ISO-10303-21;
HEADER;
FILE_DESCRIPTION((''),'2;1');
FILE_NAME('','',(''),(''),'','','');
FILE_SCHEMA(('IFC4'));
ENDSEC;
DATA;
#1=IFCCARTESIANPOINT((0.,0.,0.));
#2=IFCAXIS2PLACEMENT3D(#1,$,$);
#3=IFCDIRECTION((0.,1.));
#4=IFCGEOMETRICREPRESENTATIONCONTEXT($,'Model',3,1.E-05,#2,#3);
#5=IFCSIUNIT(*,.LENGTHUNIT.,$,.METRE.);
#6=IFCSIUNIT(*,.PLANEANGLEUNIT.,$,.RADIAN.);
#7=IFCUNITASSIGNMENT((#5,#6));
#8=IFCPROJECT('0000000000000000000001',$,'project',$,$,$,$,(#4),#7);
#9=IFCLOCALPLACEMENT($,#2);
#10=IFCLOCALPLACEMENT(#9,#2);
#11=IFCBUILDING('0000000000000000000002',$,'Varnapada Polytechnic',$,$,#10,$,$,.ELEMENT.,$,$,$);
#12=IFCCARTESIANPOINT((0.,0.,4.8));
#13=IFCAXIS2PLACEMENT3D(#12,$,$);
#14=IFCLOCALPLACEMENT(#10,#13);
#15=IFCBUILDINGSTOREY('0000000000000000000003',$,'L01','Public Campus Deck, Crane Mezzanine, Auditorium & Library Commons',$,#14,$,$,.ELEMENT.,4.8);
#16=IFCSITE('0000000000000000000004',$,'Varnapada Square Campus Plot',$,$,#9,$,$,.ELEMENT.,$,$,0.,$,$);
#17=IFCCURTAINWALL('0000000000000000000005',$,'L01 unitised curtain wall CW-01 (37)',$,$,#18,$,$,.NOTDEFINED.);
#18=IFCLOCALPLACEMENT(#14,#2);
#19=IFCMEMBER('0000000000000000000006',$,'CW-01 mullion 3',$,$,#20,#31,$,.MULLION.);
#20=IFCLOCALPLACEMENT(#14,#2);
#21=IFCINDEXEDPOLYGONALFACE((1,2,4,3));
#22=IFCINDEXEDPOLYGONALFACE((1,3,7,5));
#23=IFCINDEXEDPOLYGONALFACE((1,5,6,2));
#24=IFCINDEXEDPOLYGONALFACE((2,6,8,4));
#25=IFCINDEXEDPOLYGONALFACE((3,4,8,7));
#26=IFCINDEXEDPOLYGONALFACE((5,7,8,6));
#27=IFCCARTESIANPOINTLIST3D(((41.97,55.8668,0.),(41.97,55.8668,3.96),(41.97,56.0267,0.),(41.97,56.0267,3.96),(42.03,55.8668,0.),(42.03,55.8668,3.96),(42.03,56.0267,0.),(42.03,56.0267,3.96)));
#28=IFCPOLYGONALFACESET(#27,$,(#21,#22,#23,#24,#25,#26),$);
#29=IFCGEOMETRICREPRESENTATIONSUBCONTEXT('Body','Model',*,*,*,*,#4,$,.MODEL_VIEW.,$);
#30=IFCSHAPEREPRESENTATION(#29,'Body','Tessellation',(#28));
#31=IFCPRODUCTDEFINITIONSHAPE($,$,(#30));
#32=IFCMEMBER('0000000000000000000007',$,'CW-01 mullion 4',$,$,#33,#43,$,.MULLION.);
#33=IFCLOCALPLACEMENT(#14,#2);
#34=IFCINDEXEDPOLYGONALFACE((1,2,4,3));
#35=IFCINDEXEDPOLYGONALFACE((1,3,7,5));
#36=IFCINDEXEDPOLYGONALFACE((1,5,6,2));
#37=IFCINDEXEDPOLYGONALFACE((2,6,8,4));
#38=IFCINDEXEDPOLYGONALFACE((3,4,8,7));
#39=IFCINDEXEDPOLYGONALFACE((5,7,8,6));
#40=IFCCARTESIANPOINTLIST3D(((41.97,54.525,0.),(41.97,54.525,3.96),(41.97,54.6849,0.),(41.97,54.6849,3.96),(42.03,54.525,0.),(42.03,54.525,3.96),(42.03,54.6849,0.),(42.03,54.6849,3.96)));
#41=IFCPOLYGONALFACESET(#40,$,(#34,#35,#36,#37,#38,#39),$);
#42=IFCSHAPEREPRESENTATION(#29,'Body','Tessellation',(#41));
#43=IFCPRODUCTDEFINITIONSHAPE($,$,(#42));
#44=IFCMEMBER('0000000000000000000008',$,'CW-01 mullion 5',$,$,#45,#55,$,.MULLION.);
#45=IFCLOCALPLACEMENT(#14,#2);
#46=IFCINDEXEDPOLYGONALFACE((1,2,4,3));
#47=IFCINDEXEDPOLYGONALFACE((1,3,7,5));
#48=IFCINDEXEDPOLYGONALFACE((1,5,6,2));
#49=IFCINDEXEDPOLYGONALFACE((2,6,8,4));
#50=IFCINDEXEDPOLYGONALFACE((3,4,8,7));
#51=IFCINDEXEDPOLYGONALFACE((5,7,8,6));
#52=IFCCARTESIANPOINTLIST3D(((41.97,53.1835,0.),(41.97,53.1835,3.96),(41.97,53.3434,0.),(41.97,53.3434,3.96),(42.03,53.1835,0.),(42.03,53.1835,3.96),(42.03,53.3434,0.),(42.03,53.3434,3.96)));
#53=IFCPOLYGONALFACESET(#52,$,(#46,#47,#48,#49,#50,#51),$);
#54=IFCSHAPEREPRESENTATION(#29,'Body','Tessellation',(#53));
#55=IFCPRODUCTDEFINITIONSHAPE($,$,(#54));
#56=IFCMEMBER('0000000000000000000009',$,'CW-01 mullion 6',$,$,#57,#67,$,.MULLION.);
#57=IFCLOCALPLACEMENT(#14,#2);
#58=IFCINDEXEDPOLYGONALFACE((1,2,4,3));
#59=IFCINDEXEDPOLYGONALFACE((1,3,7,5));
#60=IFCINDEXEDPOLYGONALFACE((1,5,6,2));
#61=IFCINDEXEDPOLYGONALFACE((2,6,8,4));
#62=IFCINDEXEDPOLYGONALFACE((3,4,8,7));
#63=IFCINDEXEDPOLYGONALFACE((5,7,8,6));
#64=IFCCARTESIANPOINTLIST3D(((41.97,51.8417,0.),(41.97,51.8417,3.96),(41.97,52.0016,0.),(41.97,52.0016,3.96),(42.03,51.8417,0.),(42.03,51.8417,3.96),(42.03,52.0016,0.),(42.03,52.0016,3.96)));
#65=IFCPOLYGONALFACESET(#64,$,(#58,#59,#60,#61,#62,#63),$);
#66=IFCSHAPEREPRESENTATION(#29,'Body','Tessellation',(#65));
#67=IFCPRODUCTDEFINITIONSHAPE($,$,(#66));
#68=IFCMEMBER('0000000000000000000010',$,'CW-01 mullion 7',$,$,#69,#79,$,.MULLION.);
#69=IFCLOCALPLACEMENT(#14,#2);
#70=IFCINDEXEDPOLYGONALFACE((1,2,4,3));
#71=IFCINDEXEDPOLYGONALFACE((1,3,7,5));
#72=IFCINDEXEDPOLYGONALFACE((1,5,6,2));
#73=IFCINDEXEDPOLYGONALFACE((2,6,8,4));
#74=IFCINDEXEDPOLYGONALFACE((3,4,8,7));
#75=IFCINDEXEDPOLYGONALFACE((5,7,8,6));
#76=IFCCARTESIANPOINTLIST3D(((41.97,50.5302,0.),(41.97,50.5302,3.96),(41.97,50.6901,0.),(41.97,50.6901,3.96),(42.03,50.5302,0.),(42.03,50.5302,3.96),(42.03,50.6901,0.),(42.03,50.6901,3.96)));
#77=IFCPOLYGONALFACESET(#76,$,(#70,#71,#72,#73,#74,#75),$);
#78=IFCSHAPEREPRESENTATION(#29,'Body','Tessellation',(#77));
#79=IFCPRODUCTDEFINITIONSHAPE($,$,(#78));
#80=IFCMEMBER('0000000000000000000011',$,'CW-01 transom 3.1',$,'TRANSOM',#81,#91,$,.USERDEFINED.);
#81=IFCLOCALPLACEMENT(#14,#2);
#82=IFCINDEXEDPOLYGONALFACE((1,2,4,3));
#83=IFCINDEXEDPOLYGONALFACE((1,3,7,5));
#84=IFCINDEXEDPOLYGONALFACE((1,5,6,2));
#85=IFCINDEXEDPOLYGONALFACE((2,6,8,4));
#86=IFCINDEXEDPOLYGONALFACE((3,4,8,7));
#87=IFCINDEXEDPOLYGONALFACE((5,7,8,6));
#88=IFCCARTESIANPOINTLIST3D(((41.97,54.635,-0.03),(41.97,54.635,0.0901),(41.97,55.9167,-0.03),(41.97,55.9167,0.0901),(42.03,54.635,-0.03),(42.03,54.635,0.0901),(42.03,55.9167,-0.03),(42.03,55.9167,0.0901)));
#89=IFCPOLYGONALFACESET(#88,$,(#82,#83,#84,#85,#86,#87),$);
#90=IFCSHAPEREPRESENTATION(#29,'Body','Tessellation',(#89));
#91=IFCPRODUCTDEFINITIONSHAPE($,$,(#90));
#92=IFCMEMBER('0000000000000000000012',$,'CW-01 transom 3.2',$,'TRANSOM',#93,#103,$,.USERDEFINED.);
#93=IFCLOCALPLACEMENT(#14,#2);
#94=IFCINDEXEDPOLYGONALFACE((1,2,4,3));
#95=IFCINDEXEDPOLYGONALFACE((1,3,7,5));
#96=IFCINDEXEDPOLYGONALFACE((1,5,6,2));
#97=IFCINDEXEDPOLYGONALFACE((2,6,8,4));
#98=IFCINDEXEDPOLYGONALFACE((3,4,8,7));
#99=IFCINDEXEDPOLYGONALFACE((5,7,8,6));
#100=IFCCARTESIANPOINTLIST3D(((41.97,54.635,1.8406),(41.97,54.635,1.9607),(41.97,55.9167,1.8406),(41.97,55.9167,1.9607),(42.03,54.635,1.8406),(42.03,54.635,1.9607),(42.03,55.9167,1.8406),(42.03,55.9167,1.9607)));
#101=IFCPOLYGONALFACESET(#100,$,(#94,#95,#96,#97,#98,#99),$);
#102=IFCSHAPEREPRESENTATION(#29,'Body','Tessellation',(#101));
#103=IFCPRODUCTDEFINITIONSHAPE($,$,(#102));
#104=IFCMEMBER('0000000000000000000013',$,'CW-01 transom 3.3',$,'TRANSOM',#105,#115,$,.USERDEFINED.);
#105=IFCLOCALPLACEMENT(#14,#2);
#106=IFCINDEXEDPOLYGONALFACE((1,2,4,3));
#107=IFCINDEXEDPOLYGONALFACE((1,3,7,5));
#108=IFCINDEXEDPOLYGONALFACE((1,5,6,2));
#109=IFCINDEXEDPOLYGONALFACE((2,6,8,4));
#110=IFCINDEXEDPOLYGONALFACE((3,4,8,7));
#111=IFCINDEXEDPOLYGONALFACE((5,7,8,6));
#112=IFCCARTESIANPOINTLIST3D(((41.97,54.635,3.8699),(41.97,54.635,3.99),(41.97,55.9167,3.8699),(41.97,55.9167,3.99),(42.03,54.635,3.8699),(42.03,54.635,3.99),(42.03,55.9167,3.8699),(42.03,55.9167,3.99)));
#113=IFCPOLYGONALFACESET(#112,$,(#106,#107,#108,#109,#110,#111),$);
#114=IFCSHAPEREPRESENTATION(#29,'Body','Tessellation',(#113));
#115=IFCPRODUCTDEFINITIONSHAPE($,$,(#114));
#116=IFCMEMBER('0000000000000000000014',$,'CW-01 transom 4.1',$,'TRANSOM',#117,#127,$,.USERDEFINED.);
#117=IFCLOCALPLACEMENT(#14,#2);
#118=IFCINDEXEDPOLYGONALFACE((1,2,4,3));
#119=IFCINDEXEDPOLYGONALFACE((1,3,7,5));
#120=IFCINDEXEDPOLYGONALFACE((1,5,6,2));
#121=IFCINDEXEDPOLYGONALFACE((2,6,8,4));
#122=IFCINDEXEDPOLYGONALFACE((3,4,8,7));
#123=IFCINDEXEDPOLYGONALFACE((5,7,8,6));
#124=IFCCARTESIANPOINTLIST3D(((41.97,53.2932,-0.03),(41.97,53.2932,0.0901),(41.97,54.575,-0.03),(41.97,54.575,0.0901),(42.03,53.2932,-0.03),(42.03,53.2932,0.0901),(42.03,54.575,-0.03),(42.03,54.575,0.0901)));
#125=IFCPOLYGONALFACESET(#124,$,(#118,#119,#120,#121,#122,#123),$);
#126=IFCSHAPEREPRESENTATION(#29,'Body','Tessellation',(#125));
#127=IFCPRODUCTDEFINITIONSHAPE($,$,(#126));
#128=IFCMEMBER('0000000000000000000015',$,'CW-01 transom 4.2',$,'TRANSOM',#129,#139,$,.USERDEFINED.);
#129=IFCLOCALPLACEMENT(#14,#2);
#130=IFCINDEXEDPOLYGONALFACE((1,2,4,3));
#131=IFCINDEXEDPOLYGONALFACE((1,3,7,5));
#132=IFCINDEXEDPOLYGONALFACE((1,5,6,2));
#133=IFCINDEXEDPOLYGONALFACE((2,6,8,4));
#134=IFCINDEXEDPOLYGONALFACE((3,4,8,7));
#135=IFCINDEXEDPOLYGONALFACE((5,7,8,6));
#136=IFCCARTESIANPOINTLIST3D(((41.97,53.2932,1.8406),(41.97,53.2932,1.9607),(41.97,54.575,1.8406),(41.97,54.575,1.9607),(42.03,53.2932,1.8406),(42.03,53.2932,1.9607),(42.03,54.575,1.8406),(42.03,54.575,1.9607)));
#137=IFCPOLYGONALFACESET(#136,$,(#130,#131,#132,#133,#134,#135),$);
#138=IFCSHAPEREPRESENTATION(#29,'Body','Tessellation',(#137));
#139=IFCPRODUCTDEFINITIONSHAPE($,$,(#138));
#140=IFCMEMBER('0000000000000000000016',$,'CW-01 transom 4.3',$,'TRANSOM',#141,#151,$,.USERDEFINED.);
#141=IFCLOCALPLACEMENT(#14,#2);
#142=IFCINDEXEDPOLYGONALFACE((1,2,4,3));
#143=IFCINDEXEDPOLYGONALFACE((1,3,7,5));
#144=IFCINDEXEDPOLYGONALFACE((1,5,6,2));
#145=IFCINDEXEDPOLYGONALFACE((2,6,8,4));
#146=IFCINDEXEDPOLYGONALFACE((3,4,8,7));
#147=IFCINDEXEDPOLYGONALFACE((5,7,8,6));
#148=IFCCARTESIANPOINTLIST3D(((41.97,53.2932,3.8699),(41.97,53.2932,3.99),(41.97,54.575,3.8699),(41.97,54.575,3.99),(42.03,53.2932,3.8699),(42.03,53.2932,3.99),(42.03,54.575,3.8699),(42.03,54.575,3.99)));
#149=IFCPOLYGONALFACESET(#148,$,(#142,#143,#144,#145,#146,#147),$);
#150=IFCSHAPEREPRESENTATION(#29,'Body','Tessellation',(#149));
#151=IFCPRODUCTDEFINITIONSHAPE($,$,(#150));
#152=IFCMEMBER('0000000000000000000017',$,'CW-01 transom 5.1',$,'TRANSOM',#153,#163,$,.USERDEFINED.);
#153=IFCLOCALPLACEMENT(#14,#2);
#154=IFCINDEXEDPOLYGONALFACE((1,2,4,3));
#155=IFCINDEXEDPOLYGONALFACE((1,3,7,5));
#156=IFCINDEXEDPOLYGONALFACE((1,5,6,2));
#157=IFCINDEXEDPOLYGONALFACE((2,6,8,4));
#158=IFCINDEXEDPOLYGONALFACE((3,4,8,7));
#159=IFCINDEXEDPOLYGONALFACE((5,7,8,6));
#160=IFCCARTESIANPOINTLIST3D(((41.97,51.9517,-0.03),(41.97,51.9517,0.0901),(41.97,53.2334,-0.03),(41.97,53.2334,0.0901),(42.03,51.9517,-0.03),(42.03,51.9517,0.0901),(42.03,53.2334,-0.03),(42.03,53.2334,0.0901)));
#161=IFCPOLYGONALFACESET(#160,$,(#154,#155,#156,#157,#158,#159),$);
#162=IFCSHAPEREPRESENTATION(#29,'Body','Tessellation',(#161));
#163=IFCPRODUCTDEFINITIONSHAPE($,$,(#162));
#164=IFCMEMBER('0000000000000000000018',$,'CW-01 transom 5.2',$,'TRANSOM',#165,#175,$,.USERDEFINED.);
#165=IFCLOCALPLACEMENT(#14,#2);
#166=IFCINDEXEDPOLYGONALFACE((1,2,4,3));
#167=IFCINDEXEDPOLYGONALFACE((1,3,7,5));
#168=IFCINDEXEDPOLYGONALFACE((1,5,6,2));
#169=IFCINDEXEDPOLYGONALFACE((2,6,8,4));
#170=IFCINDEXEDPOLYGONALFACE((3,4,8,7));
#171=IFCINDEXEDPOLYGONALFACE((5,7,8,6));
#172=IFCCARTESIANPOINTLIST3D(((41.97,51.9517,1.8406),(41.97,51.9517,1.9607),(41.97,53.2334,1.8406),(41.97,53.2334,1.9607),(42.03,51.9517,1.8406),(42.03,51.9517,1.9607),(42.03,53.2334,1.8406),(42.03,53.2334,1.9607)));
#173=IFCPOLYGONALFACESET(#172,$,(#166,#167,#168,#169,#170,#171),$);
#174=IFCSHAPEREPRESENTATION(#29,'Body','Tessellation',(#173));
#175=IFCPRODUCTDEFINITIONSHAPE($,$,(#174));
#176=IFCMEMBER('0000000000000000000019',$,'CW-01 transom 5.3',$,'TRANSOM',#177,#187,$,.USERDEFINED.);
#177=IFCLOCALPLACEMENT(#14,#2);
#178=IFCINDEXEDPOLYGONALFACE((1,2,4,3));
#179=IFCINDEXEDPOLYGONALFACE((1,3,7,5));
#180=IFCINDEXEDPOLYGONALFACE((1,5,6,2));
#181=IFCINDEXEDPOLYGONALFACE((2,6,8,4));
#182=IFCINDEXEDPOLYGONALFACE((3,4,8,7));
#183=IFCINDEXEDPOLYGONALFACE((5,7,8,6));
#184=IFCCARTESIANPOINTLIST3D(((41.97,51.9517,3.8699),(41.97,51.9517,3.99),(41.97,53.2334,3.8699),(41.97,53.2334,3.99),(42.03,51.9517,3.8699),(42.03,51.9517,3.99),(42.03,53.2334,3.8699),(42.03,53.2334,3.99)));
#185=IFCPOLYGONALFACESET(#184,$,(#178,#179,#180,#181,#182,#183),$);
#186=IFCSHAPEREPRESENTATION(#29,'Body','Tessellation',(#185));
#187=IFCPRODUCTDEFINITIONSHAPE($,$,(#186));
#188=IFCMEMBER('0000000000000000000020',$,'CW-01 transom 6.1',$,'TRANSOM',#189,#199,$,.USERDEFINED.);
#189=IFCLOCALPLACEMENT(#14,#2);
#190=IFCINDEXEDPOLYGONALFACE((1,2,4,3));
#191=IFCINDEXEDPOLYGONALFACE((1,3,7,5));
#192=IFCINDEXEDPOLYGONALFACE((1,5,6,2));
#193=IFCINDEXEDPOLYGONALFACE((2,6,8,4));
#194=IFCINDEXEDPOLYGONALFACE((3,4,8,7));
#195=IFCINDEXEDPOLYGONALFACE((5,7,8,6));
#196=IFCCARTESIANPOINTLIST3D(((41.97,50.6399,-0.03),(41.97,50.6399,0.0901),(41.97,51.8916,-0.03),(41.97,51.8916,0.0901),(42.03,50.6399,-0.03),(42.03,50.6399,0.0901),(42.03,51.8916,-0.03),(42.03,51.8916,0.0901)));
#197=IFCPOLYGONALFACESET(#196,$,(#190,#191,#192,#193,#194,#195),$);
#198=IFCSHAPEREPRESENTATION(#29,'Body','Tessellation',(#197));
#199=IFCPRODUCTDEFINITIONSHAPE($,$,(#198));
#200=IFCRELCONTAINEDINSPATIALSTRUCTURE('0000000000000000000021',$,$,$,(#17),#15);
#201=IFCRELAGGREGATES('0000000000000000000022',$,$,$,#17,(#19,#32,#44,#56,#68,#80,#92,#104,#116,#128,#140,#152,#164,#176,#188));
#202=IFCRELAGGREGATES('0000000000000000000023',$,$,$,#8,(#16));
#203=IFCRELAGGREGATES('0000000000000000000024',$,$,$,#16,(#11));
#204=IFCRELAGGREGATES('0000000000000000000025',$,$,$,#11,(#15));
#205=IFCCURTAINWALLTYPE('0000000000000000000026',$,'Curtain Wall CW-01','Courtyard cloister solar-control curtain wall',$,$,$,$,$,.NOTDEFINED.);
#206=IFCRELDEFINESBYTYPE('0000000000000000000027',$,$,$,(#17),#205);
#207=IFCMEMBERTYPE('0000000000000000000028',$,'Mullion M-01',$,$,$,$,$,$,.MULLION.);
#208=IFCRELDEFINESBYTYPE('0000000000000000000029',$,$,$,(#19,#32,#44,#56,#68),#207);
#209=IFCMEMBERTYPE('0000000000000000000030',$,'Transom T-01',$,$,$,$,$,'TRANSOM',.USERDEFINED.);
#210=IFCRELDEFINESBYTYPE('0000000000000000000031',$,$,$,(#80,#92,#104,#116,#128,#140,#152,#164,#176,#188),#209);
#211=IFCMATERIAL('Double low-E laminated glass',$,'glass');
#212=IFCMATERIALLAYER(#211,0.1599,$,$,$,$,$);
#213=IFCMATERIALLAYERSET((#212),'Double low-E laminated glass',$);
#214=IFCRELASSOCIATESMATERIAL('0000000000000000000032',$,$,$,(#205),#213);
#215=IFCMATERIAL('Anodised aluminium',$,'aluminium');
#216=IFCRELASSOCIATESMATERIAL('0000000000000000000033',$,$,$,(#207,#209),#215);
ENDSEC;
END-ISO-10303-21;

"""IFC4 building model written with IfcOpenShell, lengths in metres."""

from ifc_helpers import new_model, si_unit, direction, frame, origin, origin_2d, place, context, subcontext, project, spatial, rectangle, extrude, material, layer, layer_set, material_profile, profile_set, type_object, element, aggregate, save


model = new_model("IFC4")

# Units and contexts
model_context = context("Model", 3, precision=1e-05, world=origin(), true_north=direction((0.0, 1.0)))
body_context = subcontext(model_context, "Body", "Model", "MODEL_VIEW")
ifc_project = project(units=[si_unit("LENGTHUNIT", "METRE"), si_unit("PLANEANGLEUNIT", "RADIAN")], contexts=[model_context])

# Site, building, storey
site_placement = place(None, origin())
site = spatial("IfcSite", under=ifc_project, at=site_placement, Name="Varnapada Square Campus Plot", CompositionType="ELEMENT", RefElevation=0.0)
building_placement = place(site_placement, origin())
building = spatial("IfcBuilding", under=site, at=building_placement, Name="Varnapada Polytechnic", CompositionType="ELEMENT")
storey_placement = place(building_placement, frame((0.0, 0.0, 4.8)))
storey = spatial("IfcBuildingStorey", under=building, at=storey_placement, Name="L01", Description="Public Campus Deck, Crane Mezzanine, Auditorium & Library Commons", CompositionType="ELEMENT", Elevation=4.8)

# Curtain wall, members
ifc_material_1 = material(Name="Double low-E laminated glass", Category="glass")
ifc_layer_1 = layer(ifc_material_1, 0.1599)
ifc_layer_set_1 = layer_set([ifc_layer_1], Name="Double low-E laminated glass")
curtain_wall_type = type_object("IfcCurtainWallType", Name="Curtain Wall CW-01", Description="Courtyard cloister solar-control curtain wall", PredefinedType="NOTDEFINED", material=ifc_layer_set_1)
curtain_wall_placement = place(storey_placement, origin())
curtain_wall = element("IfcCurtainWall", 1, at=curtain_wall_placement, inside=storey, type_object=curtain_wall_type, Name="L01 unitised curtain wall CW-01 (37)", PredefinedType="NOTDEFINED")
ifc_material_2 = material(Name="Anodised aluminium", Category="aluminium")
ifc_material_profile_1 = material_profile(ifc_material_2, rectangle(XDim=0.0601, YDim=0.1599, at=origin_2d()), Name="ALU M60x160")
ifc_profile_set_1 = profile_set([ifc_material_profile_1], Name="Anodised aluminium")
member_type_1 = type_object("IfcMemberType", Name="Mullion M-01", PredefinedType="MULLION", material=ifc_profile_set_1)
member_1_placement = place(storey_placement, frame((42.0, 55.9468, 0.0), z_axis=(0.0, 0.0, 1.0), x_axis=(1.0, 0.0, 0.0)))
member_1 = element("IfcMember", 2, at=member_1_placement, type_object=member_type_1, Name="CW-01 mullion 3", PredefinedType="MULLION", context=body_context, shape_type="SweptSolid", body=[
    extrude(rectangle(XDim=0.0601, YDim=0.1599, at=origin_2d()), origin(), (0.0, 0.0, 1.0), 3.96),
])
member_2_placement = place(storey_placement, frame((42.0, 54.605, 0.0), z_axis=(0.0, 0.0, 1.0), x_axis=(1.0, 0.0, 0.0)))
member_2 = element("IfcMember", 3, at=member_2_placement, type_object=member_type_1, Name="CW-01 mullion 4", PredefinedType="MULLION", context=body_context, shape_type="SweptSolid", body=[
    extrude(rectangle(XDim=0.0601, YDim=0.1599, at=origin_2d()), origin(), (0.0, 0.0, 1.0), 3.96),
])
member_3_placement = place(storey_placement, frame((42.0, 53.2634, 0.0), z_axis=(0.0, 0.0, 1.0), x_axis=(1.0, 0.0, 0.0)))
member_3 = element("IfcMember", 4, at=member_3_placement, type_object=member_type_1, Name="CW-01 mullion 5", PredefinedType="MULLION", context=body_context, shape_type="SweptSolid", body=[
    extrude(rectangle(XDim=0.0601, YDim=0.1599, at=origin_2d()), origin(), (0.0, 0.0, 1.0), 3.96),
])
member_4_placement = place(storey_placement, frame((42.0, 51.9216, 0.0), z_axis=(0.0, 0.0, 1.0), x_axis=(1.0, 0.0, 0.0)))
member_4 = element("IfcMember", 5, at=member_4_placement, type_object=member_type_1, Name="CW-01 mullion 6", PredefinedType="MULLION", context=body_context, shape_type="SweptSolid", body=[
    extrude(rectangle(XDim=0.0601, YDim=0.1599, at=origin_2d()), origin(), (0.0, 0.0, 1.0), 3.96),
])
member_5_placement = place(storey_placement, frame((42.0, 50.6101, 0.0), z_axis=(0.0, 0.0, 1.0), x_axis=(1.0, 0.0, 0.0)))
member_5 = element("IfcMember", 6, at=member_5_placement, type_object=member_type_1, Name="CW-01 mullion 7", PredefinedType="MULLION", context=body_context, shape_type="SweptSolid", body=[
    extrude(rectangle(XDim=0.0601, YDim=0.1599, at=origin_2d()), origin(), (0.0, 0.0, 1.0), 3.96),
])
ifc_material_profile_2 = material_profile(ifc_material_2, rectangle(XDim=0.0601, YDim=0.1201, at=origin_2d()), Name="ALU T60x120")
ifc_profile_set_2 = profile_set([ifc_material_profile_2], Name="Anodised aluminium")
member_type_2 = type_object("IfcMemberType", Name="Transom T-01", ElementType="TRANSOM", PredefinedType="USERDEFINED", material=ifc_profile_set_2)
member_6_placement = place(storey_placement, frame((42.0, 55.9167, 0.03), z_axis=(0.0, -1.0, 0.0), x_axis=(1.0, 0.0, 0.0)))
member_6 = element("IfcMember", 7, at=member_6_placement, type_object=member_type_2, Name="CW-01 transom 3.1", ObjectType="TRANSOM", PredefinedType="USERDEFINED", context=body_context, shape_type="SweptSolid", body=[
    extrude(rectangle(XDim=0.0601, YDim=0.1201, at=origin_2d()), origin(), (0.0, 0.0, 1.0), 1.2817),
])
member_7_placement = place(storey_placement, frame((42.0, 55.9167, 1.9006), z_axis=(0.0, -1.0, 0.0), x_axis=(1.0, 0.0, 0.0)))
member_7 = element("IfcMember", 8, at=member_7_placement, type_object=member_type_2, Name="CW-01 transom 3.2", ObjectType="TRANSOM", PredefinedType="USERDEFINED", context=body_context, shape_type="SweptSolid", body=[
    extrude(rectangle(XDim=0.0601, YDim=0.1201, at=origin_2d()), origin(), (0.0, 0.0, 1.0), 1.2817),
])
member_8_placement = place(storey_placement, frame((42.0, 55.9167, 3.9299), z_axis=(0.0, -1.0, 0.0), x_axis=(1.0, 0.0, 0.0)))
member_8 = element("IfcMember", 9, at=member_8_placement, type_object=member_type_2, Name="CW-01 transom 3.3", ObjectType="TRANSOM", PredefinedType="USERDEFINED", context=body_context, shape_type="SweptSolid", body=[
    extrude(rectangle(XDim=0.0601, YDim=0.1201, at=origin_2d()), origin(), (0.0, 0.0, 1.0), 1.2817),
])
member_9_placement = place(storey_placement, frame((42.0, 54.575, 0.03), z_axis=(0.0, -1.0, 0.0), x_axis=(1.0, 0.0, 0.0)))
member_9 = element("IfcMember", 10, at=member_9_placement, type_object=member_type_2, Name="CW-01 transom 4.1", ObjectType="TRANSOM", PredefinedType="USERDEFINED", context=body_context, shape_type="SweptSolid", body=[
    extrude(rectangle(XDim=0.0601, YDim=0.1201, at=origin_2d()), origin(), (0.0, 0.0, 1.0), 1.2817),
])
member_10_placement = place(storey_placement, frame((42.0, 54.575, 1.9006), z_axis=(0.0, -1.0, 0.0), x_axis=(1.0, 0.0, 0.0)))
member_10 = element("IfcMember", 11, at=member_10_placement, type_object=member_type_2, Name="CW-01 transom 4.2", ObjectType="TRANSOM", PredefinedType="USERDEFINED", context=body_context, shape_type="SweptSolid", body=[
    extrude(rectangle(XDim=0.0601, YDim=0.1201, at=origin_2d()), origin(), (0.0, 0.0, 1.0), 1.2817),
])
member_11_placement = place(storey_placement, frame((42.0, 54.575, 3.9299), z_axis=(0.0, -1.0, 0.0), x_axis=(1.0, 0.0, 0.0)))
member_11 = element("IfcMember", 12, at=member_11_placement, type_object=member_type_2, Name="CW-01 transom 4.3", ObjectType="TRANSOM", PredefinedType="USERDEFINED", context=body_context, shape_type="SweptSolid", body=[
    extrude(rectangle(XDim=0.0601, YDim=0.1201, at=origin_2d()), origin(), (0.0, 0.0, 1.0), 1.2817),
])
member_12_placement = place(storey_placement, frame((42.0, 53.2334, 0.03), z_axis=(0.0, -1.0, 0.0), x_axis=(1.0, 0.0, 0.0)))
member_12 = element("IfcMember", 13, at=member_12_placement, type_object=member_type_2, Name="CW-01 transom 5.1", ObjectType="TRANSOM", PredefinedType="USERDEFINED", context=body_context, shape_type="SweptSolid", body=[
    extrude(rectangle(XDim=0.0601, YDim=0.1201, at=origin_2d()), origin(), (0.0, 0.0, 1.0), 1.2817),
])
member_13_placement = place(storey_placement, frame((42.0, 53.2334, 1.9006), z_axis=(0.0, -1.0, 0.0), x_axis=(1.0, 0.0, 0.0)))
member_13 = element("IfcMember", 14, at=member_13_placement, type_object=member_type_2, Name="CW-01 transom 5.2", ObjectType="TRANSOM", PredefinedType="USERDEFINED", context=body_context, shape_type="SweptSolid", body=[
    extrude(rectangle(XDim=0.0601, YDim=0.1201, at=origin_2d()), origin(), (0.0, 0.0, 1.0), 1.2817),
])
member_14_placement = place(storey_placement, frame((42.0, 53.2334, 3.9299), z_axis=(0.0, -1.0, 0.0), x_axis=(1.0, 0.0, 0.0)))
member_14 = element("IfcMember", 15, at=member_14_placement, type_object=member_type_2, Name="CW-01 transom 5.3", ObjectType="TRANSOM", PredefinedType="USERDEFINED", context=body_context, shape_type="SweptSolid", body=[
    extrude(rectangle(XDim=0.0601, YDim=0.1201, at=origin_2d()), origin(), (0.0, 0.0, 1.0), 1.2817),
])
member_15_placement = place(storey_placement, frame((42.0, 51.8916, 0.03), z_axis=(0.0, -1.0, 0.0), x_axis=(1.0, 0.0, 0.0)))
member_15 = element("IfcMember", 16, at=member_15_placement, type_object=member_type_2, Name="CW-01 transom 6.1", ObjectType="TRANSOM", PredefinedType="USERDEFINED", context=body_context, shape_type="SweptSolid", body=[
    extrude(rectangle(XDim=0.0601, YDim=0.1201, at=origin_2d()), origin(), (0.0, 0.0, 1.0), 1.2517),
])
aggregate(curtain_wall, [member_1, member_2, member_3, member_4, member_5, member_6, member_7, member_8, member_9, member_10, member_11, member_12, member_13, member_14, member_15])

save(model, "model.ifc")
